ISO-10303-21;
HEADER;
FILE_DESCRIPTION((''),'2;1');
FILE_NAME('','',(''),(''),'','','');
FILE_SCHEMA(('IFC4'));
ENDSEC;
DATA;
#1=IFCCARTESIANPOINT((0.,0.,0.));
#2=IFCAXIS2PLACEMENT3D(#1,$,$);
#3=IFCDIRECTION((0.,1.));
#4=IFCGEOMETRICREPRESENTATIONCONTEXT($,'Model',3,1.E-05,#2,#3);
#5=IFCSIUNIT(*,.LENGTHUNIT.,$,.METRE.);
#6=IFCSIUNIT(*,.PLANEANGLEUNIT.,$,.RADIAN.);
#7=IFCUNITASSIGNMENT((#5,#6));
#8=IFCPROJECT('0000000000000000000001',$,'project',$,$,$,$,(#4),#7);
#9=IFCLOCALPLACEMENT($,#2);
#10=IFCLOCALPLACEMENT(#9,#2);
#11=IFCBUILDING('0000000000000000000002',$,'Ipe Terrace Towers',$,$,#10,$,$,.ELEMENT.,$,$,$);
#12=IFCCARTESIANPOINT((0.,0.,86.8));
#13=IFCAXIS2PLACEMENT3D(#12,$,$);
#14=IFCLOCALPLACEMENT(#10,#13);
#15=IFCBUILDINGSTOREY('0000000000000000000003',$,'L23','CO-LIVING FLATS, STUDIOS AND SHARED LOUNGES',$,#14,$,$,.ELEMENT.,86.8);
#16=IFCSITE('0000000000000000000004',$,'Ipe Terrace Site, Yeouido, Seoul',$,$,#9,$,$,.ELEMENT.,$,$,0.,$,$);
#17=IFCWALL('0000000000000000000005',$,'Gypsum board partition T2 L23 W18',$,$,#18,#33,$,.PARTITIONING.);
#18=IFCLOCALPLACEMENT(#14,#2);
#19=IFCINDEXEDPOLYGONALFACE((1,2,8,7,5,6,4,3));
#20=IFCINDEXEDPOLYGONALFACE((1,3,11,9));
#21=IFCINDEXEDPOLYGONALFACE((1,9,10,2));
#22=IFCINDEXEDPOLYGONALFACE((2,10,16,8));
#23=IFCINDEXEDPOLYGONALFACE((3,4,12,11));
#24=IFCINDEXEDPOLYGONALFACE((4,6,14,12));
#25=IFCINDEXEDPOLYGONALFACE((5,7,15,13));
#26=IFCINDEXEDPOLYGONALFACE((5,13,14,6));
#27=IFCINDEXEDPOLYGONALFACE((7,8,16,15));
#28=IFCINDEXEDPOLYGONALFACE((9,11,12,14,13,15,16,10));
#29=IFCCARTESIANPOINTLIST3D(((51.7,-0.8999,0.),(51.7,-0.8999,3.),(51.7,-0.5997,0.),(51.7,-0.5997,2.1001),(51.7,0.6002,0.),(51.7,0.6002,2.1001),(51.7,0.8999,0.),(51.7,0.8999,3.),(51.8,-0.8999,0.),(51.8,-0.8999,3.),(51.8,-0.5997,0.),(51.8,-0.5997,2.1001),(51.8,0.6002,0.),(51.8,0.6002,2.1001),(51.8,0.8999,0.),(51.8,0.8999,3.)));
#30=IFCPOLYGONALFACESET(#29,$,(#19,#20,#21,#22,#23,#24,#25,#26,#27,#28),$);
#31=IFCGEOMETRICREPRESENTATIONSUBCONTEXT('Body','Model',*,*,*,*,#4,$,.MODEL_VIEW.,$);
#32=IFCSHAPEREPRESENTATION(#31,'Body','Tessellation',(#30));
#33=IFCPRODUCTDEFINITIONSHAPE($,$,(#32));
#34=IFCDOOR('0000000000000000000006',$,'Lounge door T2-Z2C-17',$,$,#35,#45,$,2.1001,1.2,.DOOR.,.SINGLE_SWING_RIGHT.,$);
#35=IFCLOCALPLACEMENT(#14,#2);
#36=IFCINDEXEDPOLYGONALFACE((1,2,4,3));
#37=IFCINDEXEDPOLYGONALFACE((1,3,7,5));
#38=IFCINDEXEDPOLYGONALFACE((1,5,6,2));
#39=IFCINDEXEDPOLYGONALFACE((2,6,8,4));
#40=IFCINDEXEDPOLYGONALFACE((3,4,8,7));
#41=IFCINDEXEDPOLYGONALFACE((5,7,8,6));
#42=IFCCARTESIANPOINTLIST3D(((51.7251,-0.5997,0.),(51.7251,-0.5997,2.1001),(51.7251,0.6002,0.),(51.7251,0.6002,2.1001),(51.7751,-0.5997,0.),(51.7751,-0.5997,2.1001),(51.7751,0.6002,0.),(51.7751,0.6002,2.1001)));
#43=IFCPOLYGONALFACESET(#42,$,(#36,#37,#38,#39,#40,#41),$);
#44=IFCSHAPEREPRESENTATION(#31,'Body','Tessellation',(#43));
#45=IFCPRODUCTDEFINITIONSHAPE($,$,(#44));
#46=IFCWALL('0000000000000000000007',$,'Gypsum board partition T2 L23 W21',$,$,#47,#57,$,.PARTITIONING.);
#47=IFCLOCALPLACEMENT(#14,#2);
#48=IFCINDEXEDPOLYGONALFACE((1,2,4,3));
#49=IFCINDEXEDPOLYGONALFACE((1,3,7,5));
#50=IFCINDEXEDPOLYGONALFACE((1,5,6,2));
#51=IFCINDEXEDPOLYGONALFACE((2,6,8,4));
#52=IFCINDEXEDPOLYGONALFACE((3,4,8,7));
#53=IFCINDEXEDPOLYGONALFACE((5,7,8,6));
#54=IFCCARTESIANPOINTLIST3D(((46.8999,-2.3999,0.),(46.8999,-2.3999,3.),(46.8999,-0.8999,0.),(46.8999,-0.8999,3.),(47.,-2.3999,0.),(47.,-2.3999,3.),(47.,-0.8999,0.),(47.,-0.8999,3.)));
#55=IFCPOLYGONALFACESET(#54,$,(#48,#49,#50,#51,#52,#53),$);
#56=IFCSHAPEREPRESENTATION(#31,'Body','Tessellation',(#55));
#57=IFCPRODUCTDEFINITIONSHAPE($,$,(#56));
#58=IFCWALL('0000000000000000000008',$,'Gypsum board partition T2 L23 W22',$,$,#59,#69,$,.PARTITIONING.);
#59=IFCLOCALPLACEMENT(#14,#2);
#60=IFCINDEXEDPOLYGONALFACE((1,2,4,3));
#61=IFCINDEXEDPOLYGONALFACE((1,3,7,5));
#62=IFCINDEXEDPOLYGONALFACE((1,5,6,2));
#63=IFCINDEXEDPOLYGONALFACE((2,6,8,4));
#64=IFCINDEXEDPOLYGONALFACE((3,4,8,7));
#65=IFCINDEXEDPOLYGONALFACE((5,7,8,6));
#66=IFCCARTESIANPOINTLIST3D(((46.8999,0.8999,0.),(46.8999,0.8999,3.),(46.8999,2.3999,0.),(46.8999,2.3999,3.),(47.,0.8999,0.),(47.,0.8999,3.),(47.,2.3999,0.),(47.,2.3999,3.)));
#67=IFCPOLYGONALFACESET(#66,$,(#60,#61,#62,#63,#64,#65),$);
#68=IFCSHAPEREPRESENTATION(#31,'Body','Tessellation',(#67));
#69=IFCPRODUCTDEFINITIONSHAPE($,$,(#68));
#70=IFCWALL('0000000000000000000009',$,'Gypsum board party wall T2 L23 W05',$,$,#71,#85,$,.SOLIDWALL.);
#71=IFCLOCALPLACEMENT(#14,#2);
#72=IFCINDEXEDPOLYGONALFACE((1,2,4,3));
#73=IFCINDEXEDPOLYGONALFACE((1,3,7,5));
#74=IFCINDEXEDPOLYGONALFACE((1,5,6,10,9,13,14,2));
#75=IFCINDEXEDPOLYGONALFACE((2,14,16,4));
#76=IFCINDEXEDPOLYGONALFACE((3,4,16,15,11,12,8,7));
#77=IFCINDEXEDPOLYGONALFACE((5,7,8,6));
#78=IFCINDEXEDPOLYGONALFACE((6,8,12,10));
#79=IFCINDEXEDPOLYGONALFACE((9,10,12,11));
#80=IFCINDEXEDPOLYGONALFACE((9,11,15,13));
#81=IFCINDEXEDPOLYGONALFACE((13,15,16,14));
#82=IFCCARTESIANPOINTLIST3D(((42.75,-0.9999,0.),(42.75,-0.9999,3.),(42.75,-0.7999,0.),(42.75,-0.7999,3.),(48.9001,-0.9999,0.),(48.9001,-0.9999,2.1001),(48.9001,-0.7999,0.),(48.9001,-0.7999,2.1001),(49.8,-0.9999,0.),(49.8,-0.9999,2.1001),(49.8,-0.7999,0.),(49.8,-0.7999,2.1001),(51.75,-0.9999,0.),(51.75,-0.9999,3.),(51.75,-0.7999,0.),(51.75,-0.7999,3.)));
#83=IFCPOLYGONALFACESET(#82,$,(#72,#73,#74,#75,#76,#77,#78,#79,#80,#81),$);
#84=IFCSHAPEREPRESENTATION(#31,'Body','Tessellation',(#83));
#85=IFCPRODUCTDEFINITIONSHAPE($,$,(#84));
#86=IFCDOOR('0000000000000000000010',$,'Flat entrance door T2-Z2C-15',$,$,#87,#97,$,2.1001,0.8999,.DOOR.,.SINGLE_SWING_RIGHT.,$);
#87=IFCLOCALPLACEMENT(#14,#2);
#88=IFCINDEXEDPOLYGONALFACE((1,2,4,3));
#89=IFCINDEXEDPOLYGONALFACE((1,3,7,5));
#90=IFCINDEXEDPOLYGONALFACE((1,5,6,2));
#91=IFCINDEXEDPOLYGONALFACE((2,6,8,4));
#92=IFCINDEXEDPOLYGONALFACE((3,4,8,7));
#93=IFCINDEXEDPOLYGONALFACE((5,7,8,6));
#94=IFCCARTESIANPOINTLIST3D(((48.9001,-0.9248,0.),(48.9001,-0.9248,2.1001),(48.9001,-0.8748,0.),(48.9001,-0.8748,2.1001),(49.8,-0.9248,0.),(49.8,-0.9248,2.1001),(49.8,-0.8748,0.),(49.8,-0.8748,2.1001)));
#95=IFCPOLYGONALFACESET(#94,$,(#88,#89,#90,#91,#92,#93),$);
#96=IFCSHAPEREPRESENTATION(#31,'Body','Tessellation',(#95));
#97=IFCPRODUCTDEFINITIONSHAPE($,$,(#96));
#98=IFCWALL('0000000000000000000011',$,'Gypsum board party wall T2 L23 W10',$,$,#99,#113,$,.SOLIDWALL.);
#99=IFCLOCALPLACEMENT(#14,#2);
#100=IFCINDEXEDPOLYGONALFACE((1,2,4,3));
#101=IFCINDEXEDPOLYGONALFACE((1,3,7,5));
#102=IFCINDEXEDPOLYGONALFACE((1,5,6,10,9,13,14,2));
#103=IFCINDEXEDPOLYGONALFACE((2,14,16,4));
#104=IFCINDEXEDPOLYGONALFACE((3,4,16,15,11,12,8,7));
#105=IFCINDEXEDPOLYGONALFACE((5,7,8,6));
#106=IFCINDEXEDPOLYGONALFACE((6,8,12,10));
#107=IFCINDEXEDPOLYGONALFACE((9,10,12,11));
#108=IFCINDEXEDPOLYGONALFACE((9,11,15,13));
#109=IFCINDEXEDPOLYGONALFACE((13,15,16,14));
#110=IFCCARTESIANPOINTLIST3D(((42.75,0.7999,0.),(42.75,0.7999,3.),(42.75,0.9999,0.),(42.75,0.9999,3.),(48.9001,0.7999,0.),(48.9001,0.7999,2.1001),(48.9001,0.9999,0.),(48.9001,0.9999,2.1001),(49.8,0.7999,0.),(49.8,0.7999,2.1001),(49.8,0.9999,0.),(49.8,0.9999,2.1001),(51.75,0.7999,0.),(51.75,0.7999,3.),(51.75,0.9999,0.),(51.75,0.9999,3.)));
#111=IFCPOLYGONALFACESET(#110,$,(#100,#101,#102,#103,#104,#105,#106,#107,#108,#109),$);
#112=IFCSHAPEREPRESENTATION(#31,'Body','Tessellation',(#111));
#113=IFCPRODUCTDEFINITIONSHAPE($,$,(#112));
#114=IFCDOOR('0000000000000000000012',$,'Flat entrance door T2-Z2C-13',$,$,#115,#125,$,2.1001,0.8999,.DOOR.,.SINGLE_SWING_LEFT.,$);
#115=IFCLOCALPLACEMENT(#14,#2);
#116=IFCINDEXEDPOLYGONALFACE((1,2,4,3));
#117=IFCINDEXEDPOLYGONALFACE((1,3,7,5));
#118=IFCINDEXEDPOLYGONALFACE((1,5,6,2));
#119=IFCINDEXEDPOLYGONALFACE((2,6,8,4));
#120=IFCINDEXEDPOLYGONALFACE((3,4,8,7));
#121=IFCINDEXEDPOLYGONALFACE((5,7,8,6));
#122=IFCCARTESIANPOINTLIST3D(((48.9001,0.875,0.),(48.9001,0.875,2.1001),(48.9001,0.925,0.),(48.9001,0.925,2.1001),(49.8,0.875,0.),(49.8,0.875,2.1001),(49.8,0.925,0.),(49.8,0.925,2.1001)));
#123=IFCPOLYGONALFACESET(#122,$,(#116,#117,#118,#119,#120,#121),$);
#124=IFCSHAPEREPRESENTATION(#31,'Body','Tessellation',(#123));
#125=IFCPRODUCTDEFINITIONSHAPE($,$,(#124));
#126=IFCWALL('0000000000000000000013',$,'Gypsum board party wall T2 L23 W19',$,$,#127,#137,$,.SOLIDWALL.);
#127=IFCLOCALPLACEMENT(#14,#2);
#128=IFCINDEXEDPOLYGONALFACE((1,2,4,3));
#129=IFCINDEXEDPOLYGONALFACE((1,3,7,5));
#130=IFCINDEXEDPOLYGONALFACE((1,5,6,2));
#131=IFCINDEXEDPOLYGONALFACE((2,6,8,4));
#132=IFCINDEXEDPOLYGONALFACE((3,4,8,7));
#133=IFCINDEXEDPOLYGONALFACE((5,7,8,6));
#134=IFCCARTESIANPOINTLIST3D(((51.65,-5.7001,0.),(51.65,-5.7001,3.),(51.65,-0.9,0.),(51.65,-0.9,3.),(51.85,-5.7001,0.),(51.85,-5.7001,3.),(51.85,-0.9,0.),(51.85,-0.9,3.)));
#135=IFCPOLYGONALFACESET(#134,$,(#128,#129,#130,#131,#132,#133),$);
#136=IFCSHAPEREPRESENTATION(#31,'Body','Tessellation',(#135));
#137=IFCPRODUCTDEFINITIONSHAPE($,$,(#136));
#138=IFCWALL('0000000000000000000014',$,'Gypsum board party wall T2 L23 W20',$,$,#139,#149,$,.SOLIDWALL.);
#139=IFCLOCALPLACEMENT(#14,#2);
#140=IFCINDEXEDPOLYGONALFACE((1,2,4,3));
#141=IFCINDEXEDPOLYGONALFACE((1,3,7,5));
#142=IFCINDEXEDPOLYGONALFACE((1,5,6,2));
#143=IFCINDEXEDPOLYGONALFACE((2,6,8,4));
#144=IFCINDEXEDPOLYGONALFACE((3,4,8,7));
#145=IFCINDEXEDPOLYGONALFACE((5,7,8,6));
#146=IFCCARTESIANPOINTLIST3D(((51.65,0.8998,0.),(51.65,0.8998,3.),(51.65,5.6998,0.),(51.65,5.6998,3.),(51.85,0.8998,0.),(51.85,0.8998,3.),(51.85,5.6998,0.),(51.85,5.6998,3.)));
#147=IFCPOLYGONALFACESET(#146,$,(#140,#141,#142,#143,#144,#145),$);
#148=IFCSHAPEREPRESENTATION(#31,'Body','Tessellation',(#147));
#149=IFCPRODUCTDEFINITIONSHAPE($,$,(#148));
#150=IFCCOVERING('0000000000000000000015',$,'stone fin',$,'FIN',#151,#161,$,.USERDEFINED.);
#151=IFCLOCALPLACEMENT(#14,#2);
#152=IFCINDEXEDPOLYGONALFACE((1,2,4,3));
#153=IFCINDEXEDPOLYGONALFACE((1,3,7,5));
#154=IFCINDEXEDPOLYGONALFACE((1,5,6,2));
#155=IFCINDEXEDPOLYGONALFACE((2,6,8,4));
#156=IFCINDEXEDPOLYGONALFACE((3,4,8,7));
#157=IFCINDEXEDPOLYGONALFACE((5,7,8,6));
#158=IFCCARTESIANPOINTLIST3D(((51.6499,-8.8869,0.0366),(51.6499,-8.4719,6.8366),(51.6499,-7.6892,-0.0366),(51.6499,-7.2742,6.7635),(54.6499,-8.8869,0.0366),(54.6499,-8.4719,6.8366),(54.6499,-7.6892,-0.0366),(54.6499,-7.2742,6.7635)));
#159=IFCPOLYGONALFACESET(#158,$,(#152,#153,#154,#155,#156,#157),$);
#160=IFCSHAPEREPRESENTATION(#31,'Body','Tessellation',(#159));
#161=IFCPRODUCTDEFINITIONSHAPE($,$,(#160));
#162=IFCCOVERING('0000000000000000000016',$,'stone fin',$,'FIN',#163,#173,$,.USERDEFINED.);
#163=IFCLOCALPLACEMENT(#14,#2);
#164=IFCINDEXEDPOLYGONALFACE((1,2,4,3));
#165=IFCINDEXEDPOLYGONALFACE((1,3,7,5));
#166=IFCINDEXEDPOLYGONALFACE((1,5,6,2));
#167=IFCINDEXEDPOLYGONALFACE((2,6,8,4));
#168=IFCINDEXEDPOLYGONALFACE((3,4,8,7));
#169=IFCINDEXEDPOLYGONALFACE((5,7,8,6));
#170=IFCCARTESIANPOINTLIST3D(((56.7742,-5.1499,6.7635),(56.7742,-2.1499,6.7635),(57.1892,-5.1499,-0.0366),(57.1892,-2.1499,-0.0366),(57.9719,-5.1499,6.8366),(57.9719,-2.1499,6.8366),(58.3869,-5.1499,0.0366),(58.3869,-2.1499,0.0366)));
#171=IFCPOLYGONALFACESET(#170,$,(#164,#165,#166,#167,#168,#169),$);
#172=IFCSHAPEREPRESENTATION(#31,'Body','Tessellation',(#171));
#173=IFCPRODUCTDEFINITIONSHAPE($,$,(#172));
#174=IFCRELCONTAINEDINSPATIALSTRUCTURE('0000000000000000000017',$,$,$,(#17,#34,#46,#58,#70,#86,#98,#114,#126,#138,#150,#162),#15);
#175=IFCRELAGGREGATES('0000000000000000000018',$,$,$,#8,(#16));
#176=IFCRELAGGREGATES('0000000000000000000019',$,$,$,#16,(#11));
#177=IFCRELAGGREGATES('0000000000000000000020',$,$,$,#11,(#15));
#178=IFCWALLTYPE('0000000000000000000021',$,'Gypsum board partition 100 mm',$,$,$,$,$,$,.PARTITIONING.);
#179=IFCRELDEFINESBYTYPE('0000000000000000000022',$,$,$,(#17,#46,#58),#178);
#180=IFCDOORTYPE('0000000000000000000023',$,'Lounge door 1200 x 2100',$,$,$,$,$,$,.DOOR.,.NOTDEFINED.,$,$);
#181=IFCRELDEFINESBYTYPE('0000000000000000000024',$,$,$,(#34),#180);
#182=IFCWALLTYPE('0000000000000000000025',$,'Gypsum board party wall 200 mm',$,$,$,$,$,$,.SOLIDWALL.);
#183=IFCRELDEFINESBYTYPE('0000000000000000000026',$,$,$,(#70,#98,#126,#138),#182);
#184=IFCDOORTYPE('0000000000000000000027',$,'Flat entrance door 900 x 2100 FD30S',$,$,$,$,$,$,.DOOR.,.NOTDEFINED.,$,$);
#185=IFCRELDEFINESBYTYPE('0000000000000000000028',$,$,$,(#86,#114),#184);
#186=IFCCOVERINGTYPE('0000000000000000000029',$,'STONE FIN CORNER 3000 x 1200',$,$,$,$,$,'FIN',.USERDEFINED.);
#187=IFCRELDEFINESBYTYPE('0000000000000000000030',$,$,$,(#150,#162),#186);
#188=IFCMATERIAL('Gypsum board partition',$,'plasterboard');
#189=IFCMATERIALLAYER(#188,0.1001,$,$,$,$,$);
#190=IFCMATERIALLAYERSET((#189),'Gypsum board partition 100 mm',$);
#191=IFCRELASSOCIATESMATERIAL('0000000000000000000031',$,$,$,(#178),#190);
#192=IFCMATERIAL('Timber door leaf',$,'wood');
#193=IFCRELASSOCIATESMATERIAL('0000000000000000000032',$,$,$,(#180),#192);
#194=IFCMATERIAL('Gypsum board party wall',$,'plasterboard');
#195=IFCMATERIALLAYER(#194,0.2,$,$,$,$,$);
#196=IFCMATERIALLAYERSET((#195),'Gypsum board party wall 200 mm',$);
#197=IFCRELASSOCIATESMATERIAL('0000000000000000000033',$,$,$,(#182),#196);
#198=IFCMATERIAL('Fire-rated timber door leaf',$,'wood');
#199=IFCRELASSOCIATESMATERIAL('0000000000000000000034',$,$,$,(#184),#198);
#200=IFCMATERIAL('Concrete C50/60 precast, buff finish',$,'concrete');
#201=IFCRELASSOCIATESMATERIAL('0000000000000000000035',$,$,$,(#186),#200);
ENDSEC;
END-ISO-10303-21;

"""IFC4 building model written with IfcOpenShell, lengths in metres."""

from ifc_helpers import new_model, si_unit, direction, frame, frame_2d, origin, origin_2d, place, context, subcontext, project, spatial, rectangle, extrude, material, layer, layer_set, material_profile, profile_set, type_object, element, fill, save


model = new_model("IFC4")

# Units and contexts
model_context = context("Model", 3, precision=1e-05, world=origin(), true_north=direction((0.0, 1.0)))
body_context = subcontext(model_context, "Body", "Model", "MODEL_VIEW")
ifc_project = project(units=[si_unit("LENGTHUNIT", "METRE"), si_unit("PLANEANGLEUNIT", "RADIAN")], contexts=[model_context])

# Site, building, storey
site_placement = place(None, origin())
site = spatial("IfcSite", under=ifc_project, at=site_placement, Name="Ipe Terrace Site, Yeouido, Seoul", CompositionType="ELEMENT", RefElevation=0.0)
building_placement = place(site_placement, origin())
building = spatial("IfcBuilding", under=site, at=building_placement, Name="Ipe Terrace Towers", CompositionType="ELEMENT")
storey_placement = place(building_placement, frame((0.0, 0.0, 86.8)))
storey = spatial("IfcBuildingStorey", under=building, at=storey_placement, Name="L23", Description="CO-LIVING FLATS, STUDIOS AND SHARED LOUNGES", CompositionType="ELEMENT", Elevation=86.8)

# Wall, opening, door
ifc_material_1 = material(Name="Gypsum board partition", Category="plasterboard")
ifc_layer_1 = layer(ifc_material_1, 0.1001)
ifc_layer_set_1 = layer_set([ifc_layer_1], Name="Gypsum board partition 100 mm")
wall_type_1 = type_object("IfcWallType", Name="Gypsum board partition 100 mm", PredefinedType="PARTITIONING", material=ifc_layer_set_1)
wall_1_placement = place(storey_placement, frame((51.75, -0.8999, 0.0), z_axis=(0.0, 0.0, 1.0), x_axis=(0.0, 1.0, 0.0)))
wall_1 = element("IfcWall", 1, at=wall_1_placement, inside=storey, type_object=wall_type_1, Name="Gypsum board partition T2 L23 W18", PredefinedType="PARTITIONING", context=body_context, shape_type="SweptSolid", body=[
    extrude(rectangle(XDim=1.7998, YDim=0.1001, at=frame_2d((0.8999, 0.0))), origin(), (0.0, 0.0, 1.0), 3.0),
])
opening_1_placement = place(wall_1_placement, frame((0.3, 0.0, 0.0)))
opening_1 = element("IfcOpeningElement", 2, at=opening_1_placement, cuts=wall_1, PredefinedType="OPENING", context=body_context, shape_type="SweptSolid", body=[
    extrude(rectangle(XDim=1.2, YDim=2.1001, at=frame_2d((0.6001, 1.05))), frame((0.0, 0.0601, 0.0), z_axis=(0.0, -1.0, 0.0), x_axis=(1.0, 0.0, 0.0)), (0.0, 0.0, 1.0), 0.1201),
])
ifc_material_2 = material(Name="Timber door leaf", Category="wood")
door_type_1 = type_object("IfcDoorType", Name="Lounge door 1200 x 2100", OperationType="NOTDEFINED", PredefinedType="DOOR", material=ifc_material_2)
door_1_placement = place(opening_1_placement, origin())
door_1 = element("IfcDoor", 3, at=door_1_placement, inside=storey, type_object=door_type_1, Name="Lounge door T2-Z2C-17", OperationType="SINGLE_SWING_RIGHT", OverallHeight=2.1001, OverallWidth=1.2, PredefinedType="DOOR", context=body_context, shape_type="SweptSolid", body=[
    extrude(rectangle(XDim=1.2, YDim=2.1001, at=frame_2d((0.6001, 1.05))), frame((0.0, 0.0249, 0.0), z_axis=(0.0, -1.0, 0.0), x_axis=(1.0, 0.0, 0.0)), (0.0, 0.0, 1.0), 0.05),
])
fill(opening_1, door_1)

# Walls
for number, where, z_axis, x_axis, name in (
    (4, (46.95, -2.3999, 0.0), (0.0, 0.0, 1.0), (0.0, 1.0, 0.0), "Gypsum board partition T2 L23 W21"),
    (5, (46.95, 0.8999, 0.0), (0.0, 0.0, 1.0), (0.0, 1.0, 0.0), "Gypsum board partition T2 L23 W22"),
):
    element("IfcWall", number, at=place(storey_placement, frame(where, z_axis=z_axis, x_axis=x_axis)), inside=storey, type_object=wall_type_1, Name=name, PredefinedType="PARTITIONING", context=body_context, shape_type="SweptSolid", body=[
        extrude(rectangle(XDim=1.5, YDim=0.1001, at=frame_2d((0.75, 0.0))), origin(), (0.0, 0.0, 1.0), 3.0),
    ])

# Walls, openings, doors
ifc_material_3 = material(Name="Gypsum board party wall", Category="plasterboard")
ifc_layer_2 = layer(ifc_material_3, 0.2)
ifc_layer_set_2 = layer_set([ifc_layer_2], Name="Gypsum board party wall 200 mm")
wall_type_2 = type_object("IfcWallType", Name="Gypsum board party wall 200 mm", PredefinedType="SOLIDWALL", material=ifc_layer_set_2)
wall_2_placement = place(storey_placement, frame((51.75, -0.8999, 0.0), z_axis=(0.0, 0.0, 1.0), x_axis=(-1.0, 0.0, 0.0)))
wall_2 = element("IfcWall", 6, at=wall_2_placement, inside=storey, type_object=wall_type_2, Name="Gypsum board party wall T2 L23 W05", PredefinedType="SOLIDWALL", context=body_context, shape_type="SweptSolid", body=[
    extrude(rectangle(XDim=9.0, YDim=0.2, at=frame_2d((4.5, 0.0))), origin(), (0.0, 0.0, 1.0), 3.0),
])
opening_2_placement = place(wall_2_placement, frame((1.95, 0.0, 0.0)))
opening_2 = element("IfcOpeningElement", 7, at=opening_2_placement, cuts=wall_2, PredefinedType="OPENING", context=body_context, shape_type="SweptSolid", body=[
    extrude(rectangle(XDim=0.8999, YDim=2.1001, at=frame_2d((0.45, 1.05))), frame((0.0, 0.1099, 0.0), z_axis=(0.0, -1.0, 0.0), x_axis=(1.0, 0.0, 0.0)), (0.0, 0.0, 1.0), 0.22),
])
ifc_material_4 = material(Name="Fire-rated timber door leaf", Category="wood")
door_type_2 = type_object("IfcDoorType", Name="Flat entrance door 900 x 2100 FD30S", OperationType="NOTDEFINED", PredefinedType="DOOR", material=ifc_material_4)
door_2_placement = place(opening_2_placement, origin())
door_2 = element("IfcDoor", 8, at=door_2_placement, inside=storey, type_object=door_type_2, Name="Flat entrance door T2-Z2C-15", OperationType="SINGLE_SWING_RIGHT", OverallHeight=2.1001, OverallWidth=0.8999, PredefinedType="DOOR", context=body_context, shape_type="SweptSolid", body=[
    extrude(rectangle(XDim=0.8999, YDim=2.1001, at=frame_2d((0.45, 1.05))), frame((0.0, 0.0249, 0.0), z_axis=(0.0, -1.0, 0.0), x_axis=(1.0, 0.0, 0.0)), (0.0, 0.0, 1.0), 0.05),
])
fill(opening_2, door_2)
wall_3_placement = place(storey_placement, frame((51.75, 0.8999, 0.0), z_axis=(0.0, 0.0, 1.0), x_axis=(-1.0, 0.0, 0.0)))
wall_3 = element("IfcWall", 9, at=wall_3_placement, inside=storey, type_object=wall_type_2, Name="Gypsum board party wall T2 L23 W10", PredefinedType="SOLIDWALL", context=body_context, shape_type="SweptSolid", body=[
    extrude(rectangle(XDim=9.0, YDim=0.2, at=frame_2d((4.5, 0.0))), origin(), (0.0, 0.0, 1.0), 3.0),
])
opening_3_placement = place(wall_3_placement, frame((1.95, 0.0, 0.0)))
opening_3 = element("IfcOpeningElement", 10, at=opening_3_placement, cuts=wall_3, PredefinedType="OPENING", context=body_context, shape_type="SweptSolid", body=[
    extrude(rectangle(XDim=0.8999, YDim=2.1001, at=frame_2d((0.45, 1.05))), frame((0.0, 0.1099, 0.0), z_axis=(0.0, -1.0, 0.0), x_axis=(1.0, 0.0, 0.0)), (0.0, 0.0, 1.0), 0.22),
])
door_3_placement = place(opening_3_placement, origin())
door_3 = element("IfcDoor", 11, at=door_3_placement, inside=storey, type_object=door_type_2, Name="Flat entrance door T2-Z2C-13", OperationType="SINGLE_SWING_LEFT", OverallHeight=2.1001, OverallWidth=0.8999, PredefinedType="DOOR", context=body_context, shape_type="SweptSolid", body=[
    extrude(rectangle(XDim=0.8999, YDim=2.1001, at=frame_2d((0.45, 1.05))), frame((0.0, 0.0249, 0.0), z_axis=(0.0, -1.0, 0.0), x_axis=(1.0, 0.0, 0.0)), (0.0, 0.0, 1.0), 0.05),
])
fill(opening_3, door_3)

# Walls
for number, where, z_axis, x_axis, name in (
    (12, (51.75, -5.7, 0.0), (0.0, 0.0, 1.0), (0.0, 1.0, 0.0), "Gypsum board party wall T2 L23 W19"),
    (13, (51.75, 0.8999, 0.0), (0.0, 0.0, 1.0), (0.0, 1.0, 0.0), "Gypsum board party wall T2 L23 W20"),
):
    element("IfcWall", number, at=place(storey_placement, frame(where, z_axis=z_axis, x_axis=x_axis)), inside=storey, type_object=wall_type_2, Name=name, PredefinedType="SOLIDWALL", context=body_context, shape_type="SweptSolid", body=[
        extrude(rectangle(XDim=4.8, YDim=0.2, at=frame_2d((2.3999, 0.0))), origin(), (0.0, 0.0, 1.0), 3.0),
    ])

# Coverings
ifc_material_5 = material(Name="Concrete C50/60 precast, buff finish", Category="concrete")
ifc_material_profile_1 = material_profile(ifc_material_5, rectangle(XDim=3.0, YDim=1.2, at=origin_2d()), Name="STONE FIN CORNER 3000 x 1200")
ifc_profile_set_1 = profile_set([ifc_material_profile_1], Name="Concrete C50/60 precast, buff finish")
covering_type_1 = type_object("IfcCoveringType", Name="STONE FIN CORNER 3000 x 1200", ElementType="FIN", PredefinedType="USERDEFINED", material=ifc_profile_set_1)
for number, where, z_axis, x_axis, name in (
    (14, (53.1499, -8.2881, 0.0), (0.0, 0.060921, 0.998143), (1.0, 0.0, 0.0), "stone fin"),
    (15, (57.7881, -3.6499, 0.0), (-0.060921, 0.0, 0.998143), (0.0, 1.0, 0.0), "stone fin"),
):
    element("IfcCovering", number, at=place(storey_placement, frame(where, z_axis=z_axis, x_axis=x_axis)), inside=storey, type_object=covering_type_1, Name=name, ObjectType="FIN", PredefinedType="USERDEFINED", context=body_context, shape_type="SweptSolid", body=[
        extrude(rectangle(XDim=3.0, YDim=1.2, at=origin_2d()), origin(), (0.0, 0.0, 1.0), 6.8127),
    ])

save(model, "model.ifc")
